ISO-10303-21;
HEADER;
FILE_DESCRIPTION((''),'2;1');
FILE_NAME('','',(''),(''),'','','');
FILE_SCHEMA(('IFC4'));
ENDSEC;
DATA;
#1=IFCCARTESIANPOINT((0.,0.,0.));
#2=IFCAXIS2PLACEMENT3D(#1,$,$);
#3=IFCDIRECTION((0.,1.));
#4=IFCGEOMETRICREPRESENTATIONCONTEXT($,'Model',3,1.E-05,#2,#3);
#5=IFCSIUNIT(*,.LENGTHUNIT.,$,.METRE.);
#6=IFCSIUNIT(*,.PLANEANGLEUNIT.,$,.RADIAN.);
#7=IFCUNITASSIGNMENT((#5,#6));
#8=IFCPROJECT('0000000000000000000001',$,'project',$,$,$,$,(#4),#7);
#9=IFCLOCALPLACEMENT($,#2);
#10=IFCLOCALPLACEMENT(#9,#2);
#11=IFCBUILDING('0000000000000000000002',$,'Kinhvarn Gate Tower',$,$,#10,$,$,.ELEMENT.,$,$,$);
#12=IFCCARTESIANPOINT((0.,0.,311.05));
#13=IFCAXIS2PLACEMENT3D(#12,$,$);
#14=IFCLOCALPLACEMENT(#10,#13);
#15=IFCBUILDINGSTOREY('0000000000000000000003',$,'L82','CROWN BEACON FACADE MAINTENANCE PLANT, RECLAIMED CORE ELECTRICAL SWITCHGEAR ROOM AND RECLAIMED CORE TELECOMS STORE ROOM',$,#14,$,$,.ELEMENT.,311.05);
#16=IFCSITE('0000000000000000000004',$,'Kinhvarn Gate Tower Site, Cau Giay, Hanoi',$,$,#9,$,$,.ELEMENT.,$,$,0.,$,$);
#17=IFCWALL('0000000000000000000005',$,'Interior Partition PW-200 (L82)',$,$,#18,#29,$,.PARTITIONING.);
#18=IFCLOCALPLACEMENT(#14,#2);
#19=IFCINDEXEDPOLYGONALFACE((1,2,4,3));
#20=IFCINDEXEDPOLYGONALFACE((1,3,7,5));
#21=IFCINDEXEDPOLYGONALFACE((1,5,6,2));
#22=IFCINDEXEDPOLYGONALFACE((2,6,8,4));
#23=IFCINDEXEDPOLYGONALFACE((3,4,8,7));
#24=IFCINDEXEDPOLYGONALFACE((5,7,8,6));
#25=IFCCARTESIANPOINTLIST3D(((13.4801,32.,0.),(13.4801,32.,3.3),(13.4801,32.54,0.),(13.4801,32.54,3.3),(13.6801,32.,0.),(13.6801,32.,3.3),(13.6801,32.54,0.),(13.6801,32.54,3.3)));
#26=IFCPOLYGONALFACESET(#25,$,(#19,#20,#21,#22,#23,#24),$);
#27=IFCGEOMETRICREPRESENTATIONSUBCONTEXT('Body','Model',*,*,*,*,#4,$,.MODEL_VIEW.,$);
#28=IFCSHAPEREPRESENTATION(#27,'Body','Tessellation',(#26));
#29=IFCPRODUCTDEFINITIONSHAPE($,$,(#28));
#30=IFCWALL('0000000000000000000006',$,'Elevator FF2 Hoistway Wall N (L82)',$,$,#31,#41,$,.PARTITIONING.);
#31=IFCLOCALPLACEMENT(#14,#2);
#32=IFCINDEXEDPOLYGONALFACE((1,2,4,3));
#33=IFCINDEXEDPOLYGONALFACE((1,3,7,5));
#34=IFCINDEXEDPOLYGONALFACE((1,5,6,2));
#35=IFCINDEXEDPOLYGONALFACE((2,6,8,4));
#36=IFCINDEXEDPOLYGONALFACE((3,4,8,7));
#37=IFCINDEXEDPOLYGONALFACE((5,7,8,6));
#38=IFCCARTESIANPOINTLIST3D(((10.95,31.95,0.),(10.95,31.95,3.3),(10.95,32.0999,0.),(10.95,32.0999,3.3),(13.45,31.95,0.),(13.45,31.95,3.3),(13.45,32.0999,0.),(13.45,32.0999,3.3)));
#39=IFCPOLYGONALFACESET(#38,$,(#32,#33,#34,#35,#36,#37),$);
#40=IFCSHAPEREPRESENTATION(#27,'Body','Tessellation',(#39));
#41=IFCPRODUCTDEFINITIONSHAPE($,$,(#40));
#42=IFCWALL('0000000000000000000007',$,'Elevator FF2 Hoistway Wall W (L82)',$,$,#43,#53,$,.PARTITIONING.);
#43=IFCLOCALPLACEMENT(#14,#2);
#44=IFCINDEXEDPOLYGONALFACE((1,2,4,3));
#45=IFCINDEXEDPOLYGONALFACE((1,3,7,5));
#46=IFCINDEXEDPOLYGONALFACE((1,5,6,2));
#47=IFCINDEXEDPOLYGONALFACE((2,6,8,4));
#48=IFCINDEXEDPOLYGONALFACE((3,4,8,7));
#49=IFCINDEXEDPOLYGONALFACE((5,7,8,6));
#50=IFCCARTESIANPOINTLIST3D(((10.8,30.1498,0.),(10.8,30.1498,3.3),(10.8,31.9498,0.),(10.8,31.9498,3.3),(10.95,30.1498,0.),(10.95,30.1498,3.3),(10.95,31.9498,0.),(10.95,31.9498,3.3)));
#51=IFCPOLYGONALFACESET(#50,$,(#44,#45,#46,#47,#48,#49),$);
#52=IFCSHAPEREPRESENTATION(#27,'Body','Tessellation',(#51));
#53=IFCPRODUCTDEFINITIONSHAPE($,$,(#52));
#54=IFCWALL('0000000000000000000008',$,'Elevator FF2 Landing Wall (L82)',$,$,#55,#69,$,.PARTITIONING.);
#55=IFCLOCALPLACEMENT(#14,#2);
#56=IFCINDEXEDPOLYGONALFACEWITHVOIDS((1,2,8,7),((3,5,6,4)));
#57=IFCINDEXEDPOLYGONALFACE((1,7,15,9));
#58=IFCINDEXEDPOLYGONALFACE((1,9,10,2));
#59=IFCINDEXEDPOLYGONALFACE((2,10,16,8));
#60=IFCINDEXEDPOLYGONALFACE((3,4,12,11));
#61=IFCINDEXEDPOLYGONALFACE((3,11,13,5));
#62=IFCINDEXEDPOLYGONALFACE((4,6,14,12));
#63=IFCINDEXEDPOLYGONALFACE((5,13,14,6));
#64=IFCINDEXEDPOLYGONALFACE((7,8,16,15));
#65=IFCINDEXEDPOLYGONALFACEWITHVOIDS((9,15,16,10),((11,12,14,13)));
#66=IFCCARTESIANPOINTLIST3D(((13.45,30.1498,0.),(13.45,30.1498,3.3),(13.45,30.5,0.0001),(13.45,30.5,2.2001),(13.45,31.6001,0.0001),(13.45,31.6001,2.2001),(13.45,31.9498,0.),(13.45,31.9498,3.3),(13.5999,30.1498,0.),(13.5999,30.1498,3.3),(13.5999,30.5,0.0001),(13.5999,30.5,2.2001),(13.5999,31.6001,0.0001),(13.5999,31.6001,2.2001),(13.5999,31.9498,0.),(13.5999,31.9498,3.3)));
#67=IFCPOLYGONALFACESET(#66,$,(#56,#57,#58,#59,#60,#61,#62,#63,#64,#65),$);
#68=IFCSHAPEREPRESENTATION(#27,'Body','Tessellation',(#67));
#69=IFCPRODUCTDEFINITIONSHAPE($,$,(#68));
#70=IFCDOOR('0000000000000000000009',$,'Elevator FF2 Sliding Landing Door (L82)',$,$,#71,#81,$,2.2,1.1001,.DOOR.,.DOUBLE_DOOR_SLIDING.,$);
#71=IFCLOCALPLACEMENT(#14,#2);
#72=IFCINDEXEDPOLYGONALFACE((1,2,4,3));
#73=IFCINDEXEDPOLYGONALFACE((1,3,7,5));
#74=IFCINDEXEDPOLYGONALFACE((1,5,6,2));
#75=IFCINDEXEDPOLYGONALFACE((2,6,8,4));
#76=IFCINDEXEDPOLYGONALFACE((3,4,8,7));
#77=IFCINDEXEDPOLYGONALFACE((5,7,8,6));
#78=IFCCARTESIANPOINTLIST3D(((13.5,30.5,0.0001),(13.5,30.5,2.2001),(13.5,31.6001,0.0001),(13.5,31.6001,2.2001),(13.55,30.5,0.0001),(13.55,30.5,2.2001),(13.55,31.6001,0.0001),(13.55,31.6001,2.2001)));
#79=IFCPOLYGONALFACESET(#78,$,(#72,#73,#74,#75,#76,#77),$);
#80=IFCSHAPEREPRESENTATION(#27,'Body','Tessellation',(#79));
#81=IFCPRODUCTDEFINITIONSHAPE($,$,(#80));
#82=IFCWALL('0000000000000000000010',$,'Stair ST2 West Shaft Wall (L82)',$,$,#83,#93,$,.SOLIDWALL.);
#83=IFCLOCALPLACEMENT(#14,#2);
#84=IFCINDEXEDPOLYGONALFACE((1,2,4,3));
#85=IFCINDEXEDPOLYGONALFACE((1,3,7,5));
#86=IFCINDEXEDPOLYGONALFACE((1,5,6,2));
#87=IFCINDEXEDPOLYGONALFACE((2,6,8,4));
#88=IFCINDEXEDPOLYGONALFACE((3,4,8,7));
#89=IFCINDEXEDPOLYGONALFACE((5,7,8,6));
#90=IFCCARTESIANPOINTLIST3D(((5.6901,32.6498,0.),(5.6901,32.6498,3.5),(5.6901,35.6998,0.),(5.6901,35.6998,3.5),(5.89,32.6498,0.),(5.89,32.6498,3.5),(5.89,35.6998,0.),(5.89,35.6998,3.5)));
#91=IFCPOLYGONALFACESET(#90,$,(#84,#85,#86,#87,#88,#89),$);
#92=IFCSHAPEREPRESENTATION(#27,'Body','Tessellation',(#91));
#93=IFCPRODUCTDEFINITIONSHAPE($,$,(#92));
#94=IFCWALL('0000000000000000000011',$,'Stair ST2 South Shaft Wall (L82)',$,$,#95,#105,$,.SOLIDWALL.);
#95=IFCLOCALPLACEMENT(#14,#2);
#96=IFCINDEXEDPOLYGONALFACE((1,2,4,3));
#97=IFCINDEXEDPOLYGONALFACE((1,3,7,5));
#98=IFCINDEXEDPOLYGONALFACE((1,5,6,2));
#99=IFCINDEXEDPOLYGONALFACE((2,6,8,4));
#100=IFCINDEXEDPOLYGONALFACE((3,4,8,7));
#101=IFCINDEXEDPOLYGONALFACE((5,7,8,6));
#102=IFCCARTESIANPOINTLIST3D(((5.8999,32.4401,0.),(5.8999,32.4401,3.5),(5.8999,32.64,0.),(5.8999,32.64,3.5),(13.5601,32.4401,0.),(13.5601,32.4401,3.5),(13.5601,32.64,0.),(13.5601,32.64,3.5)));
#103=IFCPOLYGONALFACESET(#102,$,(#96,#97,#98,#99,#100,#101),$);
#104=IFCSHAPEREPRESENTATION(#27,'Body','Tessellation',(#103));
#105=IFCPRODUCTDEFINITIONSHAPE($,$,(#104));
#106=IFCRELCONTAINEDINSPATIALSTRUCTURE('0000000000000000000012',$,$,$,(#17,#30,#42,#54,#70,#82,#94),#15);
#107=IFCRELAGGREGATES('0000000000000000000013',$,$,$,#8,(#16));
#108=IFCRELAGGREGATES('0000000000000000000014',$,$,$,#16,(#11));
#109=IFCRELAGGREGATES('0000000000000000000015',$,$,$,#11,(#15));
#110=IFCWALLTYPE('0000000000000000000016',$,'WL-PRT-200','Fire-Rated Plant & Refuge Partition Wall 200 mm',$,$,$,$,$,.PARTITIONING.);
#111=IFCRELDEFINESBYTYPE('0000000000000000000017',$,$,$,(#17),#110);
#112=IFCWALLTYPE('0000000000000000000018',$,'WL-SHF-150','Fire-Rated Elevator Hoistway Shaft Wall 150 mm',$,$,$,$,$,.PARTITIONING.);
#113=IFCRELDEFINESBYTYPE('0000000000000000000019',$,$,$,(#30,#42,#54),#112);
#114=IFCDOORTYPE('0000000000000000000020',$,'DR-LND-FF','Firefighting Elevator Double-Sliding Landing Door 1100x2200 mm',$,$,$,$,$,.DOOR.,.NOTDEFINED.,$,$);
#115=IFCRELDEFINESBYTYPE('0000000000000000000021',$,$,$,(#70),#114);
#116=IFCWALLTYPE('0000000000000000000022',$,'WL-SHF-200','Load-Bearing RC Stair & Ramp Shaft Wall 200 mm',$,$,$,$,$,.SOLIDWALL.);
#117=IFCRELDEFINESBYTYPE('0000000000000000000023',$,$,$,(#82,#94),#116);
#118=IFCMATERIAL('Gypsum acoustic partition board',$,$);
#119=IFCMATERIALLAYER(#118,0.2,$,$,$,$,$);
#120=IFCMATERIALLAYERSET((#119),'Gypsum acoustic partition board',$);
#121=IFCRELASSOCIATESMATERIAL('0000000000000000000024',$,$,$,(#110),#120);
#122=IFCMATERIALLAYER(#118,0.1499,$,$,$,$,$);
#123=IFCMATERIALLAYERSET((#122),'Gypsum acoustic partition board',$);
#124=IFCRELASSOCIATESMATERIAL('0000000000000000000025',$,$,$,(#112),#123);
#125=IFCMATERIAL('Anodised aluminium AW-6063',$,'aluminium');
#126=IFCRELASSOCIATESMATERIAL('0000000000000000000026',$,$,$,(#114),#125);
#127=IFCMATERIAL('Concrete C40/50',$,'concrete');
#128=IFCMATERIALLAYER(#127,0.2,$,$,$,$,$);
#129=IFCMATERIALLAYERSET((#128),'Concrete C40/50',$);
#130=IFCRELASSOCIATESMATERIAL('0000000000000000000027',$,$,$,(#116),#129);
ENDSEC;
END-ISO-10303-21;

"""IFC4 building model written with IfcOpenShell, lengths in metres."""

from ifc_helpers import new_model, si_unit, direction, frame, frame_2d, origin, place, context, subcontext, project, spatial, rectangle, extrude, material, layer, layer_set, type_object, element, fill, save


model = new_model("IFC4")

# Units and contexts
model_context = context("Model", 3, precision=1e-05, world=origin(), true_north=direction((0.0, 1.0)))
body_context = subcontext(model_context, "Body", "Model", "MODEL_VIEW")
ifc_project = project(units=[si_unit("LENGTHUNIT", "METRE"), si_unit("PLANEANGLEUNIT", "RADIAN")], contexts=[model_context])

# Site, building, storey
site_placement = place(None, origin())
site = spatial("IfcSite", under=ifc_project, at=site_placement, Name="Kinhvarn Gate Tower Site, Cau Giay, Hanoi", CompositionType="ELEMENT", RefElevation=0.0)
building_placement = place(site_placement, origin())
building = spatial("IfcBuilding", under=site, at=building_placement, Name="Kinhvarn Gate Tower", CompositionType="ELEMENT")
storey_placement = place(building_placement, frame((0.0, 0.0, 311.05)))
storey = spatial("IfcBuildingStorey", under=building, at=storey_placement, Name="L82", Description="CROWN BEACON FACADE MAINTENANCE PLANT, RECLAIMED CORE ELECTRICAL SWITCHGEAR ROOM AND RECLAIMED CORE TELECOMS STORE ROOM", CompositionType="ELEMENT", Elevation=311.05)

# Shared definitions
ifc_material_1 = material(Name="Gypsum acoustic partition board")

# Shared definitions
ifc_material_2 = material(Name="Anodised aluminium AW-6063", Category="aluminium")

# Walls
ifc_layer_1 = layer(ifc_material_1, 0.2)
ifc_layer_set_1 = layer_set([ifc_layer_1], Name="Gypsum acoustic partition board")
wall_type_1 = type_object("IfcWallType", Name="WL-PRT-200", Description="Fire-Rated Plant & Refuge Partition Wall 200 mm", PredefinedType="PARTITIONING", material=ifc_layer_set_1)
wall_1_placement = place(storey_placement, frame((13.5801, 32.0, 0.0), z_axis=(0.0, 0.0, 1.0), x_axis=(0.0, 1.0, 0.0)))
element("IfcWall", 1, at=wall_1_placement, inside=storey, type_object=wall_type_1, Name="Interior Partition PW-200 (L82)", PredefinedType="PARTITIONING", context=body_context, shape_type="SweptSolid", body=[
    extrude(rectangle(XDim=0.54, YDim=0.2, at=frame_2d((0.27, 0.0))), origin(), (0.0, 0.0, 1.0), 3.3),
])
ifc_layer_2 = layer(ifc_material_1, 0.1499)
ifc_layer_set_2 = layer_set([ifc_layer_2], Name="Gypsum acoustic partition board")
wall_type_2 = type_object("IfcWallType", Name="WL-SHF-150", Description="Fire-Rated Elevator Hoistway Shaft Wall 150 mm", PredefinedType="PARTITIONING", material=ifc_layer_set_2)
wall_2_placement = place(storey_placement, frame((10.95, 32.0249, 0.0), z_axis=(0.0, 0.0, 1.0), x_axis=(1.0, 0.0, 0.0)))
element("IfcWall", 2, at=wall_2_placement, inside=storey, type_object=wall_type_2, Name="Elevator FF2 Hoistway Wall N (L82)", PredefinedType="PARTITIONING", context=body_context, shape_type="SweptSolid", body=[
    extrude(rectangle(XDim=2.5, YDim=0.1499, at=frame_2d((1.25, 0.0))), origin(), (0.0, 0.0, 1.0), 3.3),
])
wall_3_placement = place(storey_placement, frame((10.875, 30.1499, 0.0), z_axis=(0.0, 0.0, 1.0), x_axis=(0.0, 1.0, 0.0)))
element("IfcWall", 3, at=wall_3_placement, inside=storey, type_object=wall_type_2, Name="Elevator FF2 Hoistway Wall W (L82)", PredefinedType="PARTITIONING", context=body_context, shape_type="SweptSolid", body=[
    extrude(rectangle(XDim=1.8, YDim=0.1499, at=frame_2d((0.8999, 0.0))), origin(), (0.0, 0.0, 1.0), 3.3),
])

# Wall, opening, door
wall_4_placement = place(storey_placement, frame((13.5249, 30.1499, 0.0), z_axis=(0.0, 0.0, 1.0), x_axis=(0.0, 1.0, 0.0)))
wall_4 = element("IfcWall", 4, at=wall_4_placement, inside=storey, type_object=wall_type_2, Name="Elevator FF2 Landing Wall (L82)", PredefinedType="PARTITIONING", context=body_context, shape_type="SweptSolid", body=[
    extrude(rectangle(XDim=1.8, YDim=0.1499, at=frame_2d((0.8999, 0.0))), origin(), (0.0, 0.0, 1.0), 3.3),
])
opening_1_placement = place(wall_4_placement, frame((0.3501, 0.0, 0.0)))
opening_1 = element("IfcOpeningElement", 5, at=opening_1_placement, cuts=wall_4, PredefinedType="OPENING", context=body_context, shape_type="SweptSolid", body=[
    extrude(rectangle(XDim=1.1001, YDim=2.2, at=frame_2d((0.55, 1.1001))), frame((0.0, 0.085, 0.0), z_axis=(0.0, -1.0, 0.0), x_axis=(1.0, 0.0, 0.0)), (0.0, 0.0, 1.0), 0.1699),
])
door_type_1 = type_object("IfcDoorType", Name="DR-LND-FF", Description="Firefighting Elevator Double-Sliding Landing Door 1100x2200 mm", OperationType="NOTDEFINED", PredefinedType="DOOR", material=ifc_material_2)
door_1_placement = place(opening_1_placement, origin())
door_1 = element("IfcDoor", 6, at=door_1_placement, inside=storey, type_object=door_type_1, Name="Elevator FF2 Sliding Landing Door (L82)", OperationType="DOUBLE_DOOR_SLIDING", OverallHeight=2.2, OverallWidth=1.1001, PredefinedType="DOOR", context=body_context, shape_type="SweptSolid", body=[
    extrude(rectangle(XDim=1.1001, YDim=2.2, at=frame_2d((0.55, 1.1001))), frame((0.0, 0.0249, 0.0), z_axis=(0.0, -1.0, 0.0), x_axis=(1.0, 0.0, 0.0)), (0.0, 0.0, 1.0), 0.05),
])
fill(opening_1, door_1)

# Walls
ifc_material_3 = material(Name="Concrete C40/50", Category="concrete")
ifc_layer_3 = layer(ifc_material_3, 0.2)
ifc_layer_set_3 = layer_set([ifc_layer_3], Name="Concrete C40/50")
wall_type_3 = type_object("IfcWallType", Name="WL-SHF-200", Description="Load-Bearing RC Stair & Ramp Shaft Wall 200 mm", PredefinedType="SOLIDWALL", material=ifc_layer_set_3)
wall_5_placement = place(storey_placement, frame((5.79, 32.6499, 0.0), z_axis=(0.0, 0.0, 1.0), x_axis=(0.0, 1.0, 0.0)))
element("IfcWall", 7, at=wall_5_placement, inside=storey, type_object=wall_type_3, Name="Stair ST2 West Shaft Wall (L82)", PredefinedType="SOLIDWALL", context=body_context, shape_type="SweptSolid", body=[
    extrude(rectangle(XDim=3.05, YDim=0.2, at=frame_2d((1.5249, 0.0))), origin(), (0.0, 0.0, 1.0), 3.5),
])
wall_6_placement = place(storey_placement, frame((5.8999, 32.54, 0.0), z_axis=(0.0, 0.0, 1.0), x_axis=(1.0, 0.0, 0.0)))
element("IfcWall", 8, at=wall_6_placement, inside=storey, type_object=wall_type_3, Name="Stair ST2 South Shaft Wall (L82)", PredefinedType="SOLIDWALL", context=body_context, shape_type="SweptSolid", body=[
    extrude(rectangle(XDim=7.6602, YDim=0.2, at=frame_2d((3.8301, 0.0))), origin(), (0.0, 0.0, 1.0), 3.5),
])

save(model, "model.ifc")
